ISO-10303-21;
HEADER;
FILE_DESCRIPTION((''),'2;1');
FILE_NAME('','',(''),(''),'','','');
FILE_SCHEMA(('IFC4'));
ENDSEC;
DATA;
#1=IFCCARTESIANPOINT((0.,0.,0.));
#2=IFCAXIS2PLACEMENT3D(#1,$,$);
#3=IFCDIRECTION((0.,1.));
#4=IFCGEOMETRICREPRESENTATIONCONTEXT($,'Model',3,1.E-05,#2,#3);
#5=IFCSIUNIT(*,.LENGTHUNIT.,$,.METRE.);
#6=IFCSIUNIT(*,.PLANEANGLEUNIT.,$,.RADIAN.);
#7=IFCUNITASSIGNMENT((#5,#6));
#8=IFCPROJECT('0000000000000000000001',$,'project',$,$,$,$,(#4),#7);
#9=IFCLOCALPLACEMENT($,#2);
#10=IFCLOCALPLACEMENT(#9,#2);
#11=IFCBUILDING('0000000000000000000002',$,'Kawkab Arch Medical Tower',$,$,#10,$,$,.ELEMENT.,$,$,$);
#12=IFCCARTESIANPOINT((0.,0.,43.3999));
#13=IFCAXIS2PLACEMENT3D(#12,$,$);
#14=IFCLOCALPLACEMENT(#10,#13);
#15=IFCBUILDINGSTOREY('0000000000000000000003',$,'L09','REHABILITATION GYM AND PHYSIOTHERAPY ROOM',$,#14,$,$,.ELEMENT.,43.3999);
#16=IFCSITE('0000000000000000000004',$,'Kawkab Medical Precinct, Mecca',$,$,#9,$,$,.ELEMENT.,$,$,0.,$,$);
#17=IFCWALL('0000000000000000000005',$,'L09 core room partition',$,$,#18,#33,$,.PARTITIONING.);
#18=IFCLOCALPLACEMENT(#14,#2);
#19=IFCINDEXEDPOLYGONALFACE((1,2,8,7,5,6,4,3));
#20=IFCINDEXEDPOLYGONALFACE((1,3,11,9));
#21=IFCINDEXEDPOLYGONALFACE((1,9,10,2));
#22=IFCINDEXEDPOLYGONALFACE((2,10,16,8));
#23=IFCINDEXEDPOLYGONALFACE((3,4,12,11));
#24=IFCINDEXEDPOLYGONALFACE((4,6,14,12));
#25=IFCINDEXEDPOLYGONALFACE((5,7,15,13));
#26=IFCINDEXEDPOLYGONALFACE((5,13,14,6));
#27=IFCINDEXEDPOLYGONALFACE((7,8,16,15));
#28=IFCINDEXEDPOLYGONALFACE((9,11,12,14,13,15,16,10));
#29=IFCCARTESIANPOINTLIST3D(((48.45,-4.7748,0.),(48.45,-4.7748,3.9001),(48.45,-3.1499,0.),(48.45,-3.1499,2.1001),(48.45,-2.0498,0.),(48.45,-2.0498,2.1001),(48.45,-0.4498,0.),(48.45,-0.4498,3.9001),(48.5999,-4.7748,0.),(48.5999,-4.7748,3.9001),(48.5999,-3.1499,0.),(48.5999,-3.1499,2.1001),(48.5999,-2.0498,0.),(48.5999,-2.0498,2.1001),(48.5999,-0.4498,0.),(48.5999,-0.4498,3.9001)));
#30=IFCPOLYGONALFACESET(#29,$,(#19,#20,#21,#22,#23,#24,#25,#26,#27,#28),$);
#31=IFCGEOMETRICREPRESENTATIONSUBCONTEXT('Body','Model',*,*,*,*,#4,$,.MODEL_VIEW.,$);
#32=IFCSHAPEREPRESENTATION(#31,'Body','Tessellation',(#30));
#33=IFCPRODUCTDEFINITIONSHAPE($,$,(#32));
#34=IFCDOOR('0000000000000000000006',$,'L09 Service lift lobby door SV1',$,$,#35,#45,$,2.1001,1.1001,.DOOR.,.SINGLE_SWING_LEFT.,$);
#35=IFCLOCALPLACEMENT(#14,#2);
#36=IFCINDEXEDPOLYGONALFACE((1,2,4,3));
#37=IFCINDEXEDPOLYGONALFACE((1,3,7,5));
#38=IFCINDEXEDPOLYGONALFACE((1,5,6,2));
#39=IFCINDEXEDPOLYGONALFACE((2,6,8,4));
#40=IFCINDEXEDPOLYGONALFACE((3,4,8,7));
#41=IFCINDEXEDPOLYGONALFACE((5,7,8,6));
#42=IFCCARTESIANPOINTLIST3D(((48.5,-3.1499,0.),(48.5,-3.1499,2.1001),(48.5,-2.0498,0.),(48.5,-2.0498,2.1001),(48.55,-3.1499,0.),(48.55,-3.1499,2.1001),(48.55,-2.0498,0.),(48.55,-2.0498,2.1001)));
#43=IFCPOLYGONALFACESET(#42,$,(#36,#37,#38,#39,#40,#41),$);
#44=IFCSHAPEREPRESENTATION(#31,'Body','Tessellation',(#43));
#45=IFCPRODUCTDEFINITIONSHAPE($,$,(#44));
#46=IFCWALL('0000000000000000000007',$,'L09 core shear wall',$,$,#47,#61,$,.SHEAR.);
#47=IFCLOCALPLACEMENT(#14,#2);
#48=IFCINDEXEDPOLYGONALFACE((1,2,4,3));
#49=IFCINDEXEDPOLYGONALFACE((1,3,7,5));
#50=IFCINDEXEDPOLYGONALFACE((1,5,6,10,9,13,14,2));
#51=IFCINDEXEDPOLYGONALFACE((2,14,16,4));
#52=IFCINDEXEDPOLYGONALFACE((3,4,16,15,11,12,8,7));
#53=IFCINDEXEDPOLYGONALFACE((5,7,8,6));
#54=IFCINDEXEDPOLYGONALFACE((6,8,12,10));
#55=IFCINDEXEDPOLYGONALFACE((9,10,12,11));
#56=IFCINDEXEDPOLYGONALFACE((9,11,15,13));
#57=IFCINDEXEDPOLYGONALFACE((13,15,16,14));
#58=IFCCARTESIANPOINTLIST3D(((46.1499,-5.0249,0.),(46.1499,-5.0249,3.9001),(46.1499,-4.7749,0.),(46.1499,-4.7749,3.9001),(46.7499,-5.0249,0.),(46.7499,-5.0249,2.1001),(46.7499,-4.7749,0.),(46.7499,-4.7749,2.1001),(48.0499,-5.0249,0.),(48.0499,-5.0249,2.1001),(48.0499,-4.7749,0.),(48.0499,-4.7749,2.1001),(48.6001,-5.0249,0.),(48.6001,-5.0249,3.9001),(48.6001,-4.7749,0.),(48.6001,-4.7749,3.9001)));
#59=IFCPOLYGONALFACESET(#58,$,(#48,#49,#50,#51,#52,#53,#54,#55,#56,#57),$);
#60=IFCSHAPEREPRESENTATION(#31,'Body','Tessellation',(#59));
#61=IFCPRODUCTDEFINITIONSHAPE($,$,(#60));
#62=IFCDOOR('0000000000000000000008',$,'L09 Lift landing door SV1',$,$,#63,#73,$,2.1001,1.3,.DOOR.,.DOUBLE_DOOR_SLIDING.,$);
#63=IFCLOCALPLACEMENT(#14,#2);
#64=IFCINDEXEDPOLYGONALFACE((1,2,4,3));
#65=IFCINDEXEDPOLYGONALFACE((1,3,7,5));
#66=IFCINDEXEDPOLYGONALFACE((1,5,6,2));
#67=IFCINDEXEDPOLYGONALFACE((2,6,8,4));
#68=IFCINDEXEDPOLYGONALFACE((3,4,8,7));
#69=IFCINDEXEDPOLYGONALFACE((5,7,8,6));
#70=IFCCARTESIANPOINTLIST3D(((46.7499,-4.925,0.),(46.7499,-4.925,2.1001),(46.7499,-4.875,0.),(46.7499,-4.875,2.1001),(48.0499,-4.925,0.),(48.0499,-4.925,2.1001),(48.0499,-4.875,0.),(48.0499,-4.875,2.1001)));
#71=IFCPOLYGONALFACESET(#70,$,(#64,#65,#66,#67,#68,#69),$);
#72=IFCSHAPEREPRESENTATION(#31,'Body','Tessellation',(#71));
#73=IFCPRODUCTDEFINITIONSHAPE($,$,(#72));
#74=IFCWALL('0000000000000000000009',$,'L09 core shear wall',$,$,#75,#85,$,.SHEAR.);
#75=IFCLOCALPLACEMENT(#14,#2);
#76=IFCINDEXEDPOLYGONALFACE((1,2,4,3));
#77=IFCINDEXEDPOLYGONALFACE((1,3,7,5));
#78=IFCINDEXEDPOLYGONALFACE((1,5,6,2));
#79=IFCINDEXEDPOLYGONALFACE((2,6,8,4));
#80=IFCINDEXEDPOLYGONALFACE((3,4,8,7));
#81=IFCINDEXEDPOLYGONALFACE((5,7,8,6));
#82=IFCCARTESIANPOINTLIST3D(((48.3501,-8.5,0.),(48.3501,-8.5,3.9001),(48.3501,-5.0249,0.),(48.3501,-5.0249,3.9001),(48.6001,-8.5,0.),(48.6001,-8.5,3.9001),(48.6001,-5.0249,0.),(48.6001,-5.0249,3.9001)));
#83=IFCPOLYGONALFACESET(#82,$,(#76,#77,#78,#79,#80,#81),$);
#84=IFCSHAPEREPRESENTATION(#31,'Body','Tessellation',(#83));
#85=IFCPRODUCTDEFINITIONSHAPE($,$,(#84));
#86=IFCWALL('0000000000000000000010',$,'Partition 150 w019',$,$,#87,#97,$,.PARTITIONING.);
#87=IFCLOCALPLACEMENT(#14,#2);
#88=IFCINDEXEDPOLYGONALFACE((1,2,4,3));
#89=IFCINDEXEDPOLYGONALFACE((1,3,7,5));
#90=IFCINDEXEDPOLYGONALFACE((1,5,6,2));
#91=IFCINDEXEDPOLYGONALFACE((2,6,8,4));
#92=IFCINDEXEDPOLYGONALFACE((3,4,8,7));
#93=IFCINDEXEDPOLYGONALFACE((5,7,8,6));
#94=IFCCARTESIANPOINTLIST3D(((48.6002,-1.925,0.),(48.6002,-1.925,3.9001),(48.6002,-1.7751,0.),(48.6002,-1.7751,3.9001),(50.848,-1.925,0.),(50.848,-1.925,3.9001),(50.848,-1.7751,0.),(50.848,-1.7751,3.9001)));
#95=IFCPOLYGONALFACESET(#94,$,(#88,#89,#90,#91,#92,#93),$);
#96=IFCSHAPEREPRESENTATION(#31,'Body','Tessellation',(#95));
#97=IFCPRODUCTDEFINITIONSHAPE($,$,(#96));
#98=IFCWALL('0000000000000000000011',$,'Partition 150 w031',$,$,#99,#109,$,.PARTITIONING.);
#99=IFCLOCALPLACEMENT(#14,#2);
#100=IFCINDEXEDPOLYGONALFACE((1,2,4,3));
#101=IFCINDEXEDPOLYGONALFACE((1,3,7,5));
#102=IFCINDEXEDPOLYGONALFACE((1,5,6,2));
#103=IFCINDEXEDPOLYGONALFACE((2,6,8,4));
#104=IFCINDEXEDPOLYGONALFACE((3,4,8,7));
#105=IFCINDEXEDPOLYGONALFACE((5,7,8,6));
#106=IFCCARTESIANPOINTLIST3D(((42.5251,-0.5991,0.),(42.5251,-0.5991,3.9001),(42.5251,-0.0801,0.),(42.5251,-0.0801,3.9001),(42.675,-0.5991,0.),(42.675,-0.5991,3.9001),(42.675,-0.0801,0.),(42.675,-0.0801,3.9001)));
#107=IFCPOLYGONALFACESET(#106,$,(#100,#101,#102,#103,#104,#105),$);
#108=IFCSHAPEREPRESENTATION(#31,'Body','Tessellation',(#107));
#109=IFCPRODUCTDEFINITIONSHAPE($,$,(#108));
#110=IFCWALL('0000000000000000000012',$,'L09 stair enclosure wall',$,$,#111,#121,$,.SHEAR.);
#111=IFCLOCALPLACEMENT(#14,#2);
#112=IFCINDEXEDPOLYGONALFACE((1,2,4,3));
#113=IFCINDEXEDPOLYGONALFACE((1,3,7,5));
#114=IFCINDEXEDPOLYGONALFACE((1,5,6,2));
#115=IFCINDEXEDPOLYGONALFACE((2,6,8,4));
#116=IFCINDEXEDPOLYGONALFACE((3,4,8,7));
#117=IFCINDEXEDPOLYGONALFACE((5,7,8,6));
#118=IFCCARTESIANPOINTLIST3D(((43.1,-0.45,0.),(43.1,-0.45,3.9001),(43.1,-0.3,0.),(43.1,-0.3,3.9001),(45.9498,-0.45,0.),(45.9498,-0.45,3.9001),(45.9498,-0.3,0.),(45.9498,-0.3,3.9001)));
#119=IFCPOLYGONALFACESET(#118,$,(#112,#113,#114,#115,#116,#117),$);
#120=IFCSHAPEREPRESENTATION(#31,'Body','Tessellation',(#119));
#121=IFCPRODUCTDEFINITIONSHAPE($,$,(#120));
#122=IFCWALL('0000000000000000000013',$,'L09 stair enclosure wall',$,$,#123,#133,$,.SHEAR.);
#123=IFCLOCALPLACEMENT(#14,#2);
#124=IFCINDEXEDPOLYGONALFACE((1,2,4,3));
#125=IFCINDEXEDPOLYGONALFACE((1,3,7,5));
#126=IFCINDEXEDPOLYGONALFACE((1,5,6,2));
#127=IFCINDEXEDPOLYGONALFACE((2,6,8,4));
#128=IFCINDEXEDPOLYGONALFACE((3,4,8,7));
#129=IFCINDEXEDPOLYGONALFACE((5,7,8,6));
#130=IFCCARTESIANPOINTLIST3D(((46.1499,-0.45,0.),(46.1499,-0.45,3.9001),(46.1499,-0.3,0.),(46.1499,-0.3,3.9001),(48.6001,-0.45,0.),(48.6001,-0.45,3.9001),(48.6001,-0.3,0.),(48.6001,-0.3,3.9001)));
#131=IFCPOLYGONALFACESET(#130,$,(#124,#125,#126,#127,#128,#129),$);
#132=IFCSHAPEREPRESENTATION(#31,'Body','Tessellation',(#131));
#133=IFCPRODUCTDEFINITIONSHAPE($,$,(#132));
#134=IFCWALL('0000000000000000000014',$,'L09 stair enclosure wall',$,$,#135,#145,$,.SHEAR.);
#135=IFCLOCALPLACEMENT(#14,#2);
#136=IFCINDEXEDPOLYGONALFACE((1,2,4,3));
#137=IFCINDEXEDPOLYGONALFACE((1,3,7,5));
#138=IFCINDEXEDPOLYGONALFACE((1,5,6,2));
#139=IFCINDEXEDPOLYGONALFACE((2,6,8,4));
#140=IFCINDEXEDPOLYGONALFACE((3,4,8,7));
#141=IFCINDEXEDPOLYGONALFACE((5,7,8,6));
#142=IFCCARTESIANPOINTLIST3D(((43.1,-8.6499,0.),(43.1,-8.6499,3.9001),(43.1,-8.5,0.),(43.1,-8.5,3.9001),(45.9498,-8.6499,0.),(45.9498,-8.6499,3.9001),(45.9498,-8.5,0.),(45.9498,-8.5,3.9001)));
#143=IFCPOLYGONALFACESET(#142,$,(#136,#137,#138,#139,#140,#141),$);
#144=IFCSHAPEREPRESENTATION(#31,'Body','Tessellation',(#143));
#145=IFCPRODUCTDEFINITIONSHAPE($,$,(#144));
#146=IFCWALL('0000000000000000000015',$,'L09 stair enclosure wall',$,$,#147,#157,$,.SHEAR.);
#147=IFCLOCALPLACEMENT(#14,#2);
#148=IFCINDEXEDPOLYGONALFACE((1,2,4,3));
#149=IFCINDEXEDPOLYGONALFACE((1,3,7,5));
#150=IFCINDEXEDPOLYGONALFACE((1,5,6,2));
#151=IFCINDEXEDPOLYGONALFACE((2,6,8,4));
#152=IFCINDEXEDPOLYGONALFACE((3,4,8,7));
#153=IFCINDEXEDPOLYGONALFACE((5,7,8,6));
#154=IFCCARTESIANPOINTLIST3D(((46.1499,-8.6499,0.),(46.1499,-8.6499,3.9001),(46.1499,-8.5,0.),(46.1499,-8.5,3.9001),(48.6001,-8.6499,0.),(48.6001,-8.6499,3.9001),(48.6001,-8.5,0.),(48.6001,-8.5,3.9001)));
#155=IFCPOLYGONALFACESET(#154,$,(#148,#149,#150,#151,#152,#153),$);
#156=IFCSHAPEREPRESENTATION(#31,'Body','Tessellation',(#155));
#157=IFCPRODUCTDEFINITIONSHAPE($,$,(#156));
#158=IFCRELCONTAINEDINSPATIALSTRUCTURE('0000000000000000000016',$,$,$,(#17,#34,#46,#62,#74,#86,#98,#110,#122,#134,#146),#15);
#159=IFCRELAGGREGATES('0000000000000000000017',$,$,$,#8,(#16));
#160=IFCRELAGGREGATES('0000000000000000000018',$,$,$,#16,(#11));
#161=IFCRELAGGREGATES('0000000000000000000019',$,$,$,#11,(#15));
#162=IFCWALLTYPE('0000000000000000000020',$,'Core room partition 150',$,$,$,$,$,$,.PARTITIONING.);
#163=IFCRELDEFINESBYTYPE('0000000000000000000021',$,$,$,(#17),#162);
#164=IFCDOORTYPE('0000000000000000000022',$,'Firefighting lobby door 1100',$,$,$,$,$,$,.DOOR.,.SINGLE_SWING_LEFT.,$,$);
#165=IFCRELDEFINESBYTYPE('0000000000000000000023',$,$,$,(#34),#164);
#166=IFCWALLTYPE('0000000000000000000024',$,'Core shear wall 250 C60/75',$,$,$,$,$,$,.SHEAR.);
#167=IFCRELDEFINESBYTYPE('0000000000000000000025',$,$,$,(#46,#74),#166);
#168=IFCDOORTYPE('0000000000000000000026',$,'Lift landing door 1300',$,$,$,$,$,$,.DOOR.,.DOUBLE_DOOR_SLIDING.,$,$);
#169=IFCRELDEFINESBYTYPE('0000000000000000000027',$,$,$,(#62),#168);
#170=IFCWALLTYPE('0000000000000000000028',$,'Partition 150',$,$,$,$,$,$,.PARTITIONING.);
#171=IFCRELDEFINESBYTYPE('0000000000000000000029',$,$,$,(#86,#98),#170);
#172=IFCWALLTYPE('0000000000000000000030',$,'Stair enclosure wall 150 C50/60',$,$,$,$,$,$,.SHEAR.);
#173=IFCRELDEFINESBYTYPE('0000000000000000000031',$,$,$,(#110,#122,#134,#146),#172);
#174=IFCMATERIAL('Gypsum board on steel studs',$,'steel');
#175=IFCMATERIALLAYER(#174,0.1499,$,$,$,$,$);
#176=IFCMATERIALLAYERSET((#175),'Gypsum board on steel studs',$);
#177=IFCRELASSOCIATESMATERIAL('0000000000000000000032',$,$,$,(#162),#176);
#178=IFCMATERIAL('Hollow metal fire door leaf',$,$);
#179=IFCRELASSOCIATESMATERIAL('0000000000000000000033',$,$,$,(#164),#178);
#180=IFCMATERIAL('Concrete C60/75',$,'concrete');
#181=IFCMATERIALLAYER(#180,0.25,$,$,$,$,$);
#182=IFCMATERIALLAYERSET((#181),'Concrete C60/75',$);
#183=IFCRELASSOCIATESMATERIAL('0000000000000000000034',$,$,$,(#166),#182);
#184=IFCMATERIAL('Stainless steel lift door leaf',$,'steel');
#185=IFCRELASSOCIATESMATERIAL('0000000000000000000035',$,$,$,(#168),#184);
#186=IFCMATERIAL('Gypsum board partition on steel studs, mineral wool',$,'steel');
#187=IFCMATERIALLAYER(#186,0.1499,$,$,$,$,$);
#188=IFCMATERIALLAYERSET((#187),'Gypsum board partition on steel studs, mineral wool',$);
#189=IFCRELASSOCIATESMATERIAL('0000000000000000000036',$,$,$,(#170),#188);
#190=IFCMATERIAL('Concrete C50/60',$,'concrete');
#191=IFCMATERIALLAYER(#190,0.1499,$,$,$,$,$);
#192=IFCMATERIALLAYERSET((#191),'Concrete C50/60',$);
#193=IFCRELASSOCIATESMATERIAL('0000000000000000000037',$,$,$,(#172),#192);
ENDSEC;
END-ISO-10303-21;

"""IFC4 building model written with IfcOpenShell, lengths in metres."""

from ifc_helpers import new_model, si_unit, direction, frame, frame_2d, origin, place, context, subcontext, project, spatial, rectangle, extrude, material, layer, layer_set, type_object, element, fill, save


model = new_model("IFC4")

# Units and contexts
model_context = context("Model", 3, precision=1e-05, world=origin(), true_north=direction((0.0, 1.0)))
body_context = subcontext(model_context, "Body", "Model", "MODEL_VIEW")
ifc_project = project(units=[si_unit("LENGTHUNIT", "METRE"), si_unit("PLANEANGLEUNIT", "RADIAN")], contexts=[model_context])

# Site, building, storey
site_placement = place(None, origin())
site = spatial("IfcSite", under=ifc_project, at=site_placement, Name="Kawkab Medical Precinct, Mecca", CompositionType="ELEMENT", RefElevation=0.0)
building_placement = place(site_placement, origin())
building = spatial("IfcBuilding", under=site, at=building_placement, Name="Kawkab Arch Medical Tower", CompositionType="ELEMENT")
storey_placement = place(building_placement, frame((0.0, 0.0, 43.3999)))
storey = spatial("IfcBuildingStorey", under=building, at=storey_placement, Name="L09", Description="REHABILITATION GYM AND PHYSIOTHERAPY ROOM", CompositionType="ELEMENT", Elevation=43.3999)

# Walls, openings, doors
ifc_material_1 = material(Name="Gypsum board on steel studs", Category="steel")
ifc_layer_1 = layer(ifc_material_1, 0.1499)
ifc_layer_set_1 = layer_set([ifc_layer_1], Name="Gypsum board on steel studs")
wall_type_1 = type_object("IfcWallType", Name="Core room partition 150", PredefinedType="PARTITIONING", material=ifc_layer_set_1)
wall_1_placement = place(storey_placement, frame((48.5249, -4.7749, 0.0), z_axis=(0.0, 0.0, 1.0), x_axis=(0.0, 1.0, 0.0)))
wall_1 = element("IfcWall", 1, at=wall_1_placement, inside=storey, type_object=wall_type_1, Name="L09 core room partition", PredefinedType="PARTITIONING", context=body_context, shape_type="SweptSolid", body=[
    extrude(rectangle(XDim=4.325, YDim=0.1499, at=frame_2d((2.1626, 0.0))), origin(), (0.0, 0.0, 1.0), 3.9001),
])
opening_1_placement = place(wall_1_placement, frame((1.625, 0.0, 0.0)))
opening_1 = element("IfcOpeningElement", 2, at=opening_1_placement, cuts=wall_1, PredefinedType="OPENING", context=body_context, shape_type="SweptSolid", body=[
    extrude(rectangle(XDim=1.1001, YDim=2.1001, at=frame_2d((0.55, 1.05))), frame((0.0, 0.085, 0.0), z_axis=(0.0, -1.0, 0.0), x_axis=(1.0, 0.0, 0.0)), (0.0, 0.0, 1.0), 0.1699),
])
ifc_material_2 = material(Name="Hollow metal fire door leaf")
door_type_1 = type_object("IfcDoorType", Name="Firefighting lobby door 1100", OperationType="SINGLE_SWING_LEFT", PredefinedType="DOOR", material=ifc_material_2)
door_1_placement = place(opening_1_placement, origin())
door_1 = element("IfcDoor", 3, at=door_1_placement, inside=storey, type_object=door_type_1, Name="L09 Service lift lobby door SV1", OperationType="SINGLE_SWING_LEFT", OverallHeight=2.1001, OverallWidth=1.1001, PredefinedType="DOOR", context=body_context, shape_type="SweptSolid", body=[
    extrude(rectangle(XDim=1.1001, YDim=2.1001, at=frame_2d((0.55, 1.05))), frame((0.0, 0.0249, 0.0), z_axis=(0.0, -1.0, 0.0), x_axis=(1.0, 0.0, 0.0)), (0.0, 0.0, 1.0), 0.05),
])
fill(opening_1, door_1)
ifc_material_3 = material(Name="Concrete C60/75", Category="concrete")
ifc_layer_2 = layer(ifc_material_3, 0.25)
ifc_layer_set_2 = layer_set([ifc_layer_2], Name="Concrete C60/75")
wall_type_2 = type_object("IfcWallType", Name="Core shear wall 250 C60/75", PredefinedType="SHEAR", material=ifc_layer_set_2)
wall_2_placement = place(storey_placement, frame((46.1499, -4.8999, 0.0), z_axis=(0.0, 0.0, 1.0), x_axis=(1.0, 0.0, 0.0)))
wall_2 = element("IfcWall", 4, at=wall_2_placement, inside=storey, type_object=wall_type_2, Name="L09 core shear wall", PredefinedType="SHEAR", context=body_context, shape_type="SweptSolid", body=[
    extrude(rectangle(XDim=2.4502, YDim=0.25, at=frame_2d((1.2251, 0.0))), origin(), (0.0, 0.0, 1.0), 3.9001),
])
opening_2_placement = place(wall_2_placement, frame((0.6001, 0.0, 0.0)))
opening_2 = element("IfcOpeningElement", 5, at=opening_2_placement, cuts=wall_2, PredefinedType="OPENING", context=body_context, shape_type="SweptSolid", body=[
    extrude(rectangle(XDim=1.3, YDim=2.1001, at=frame_2d((0.6499, 1.05))), frame((0.0, 0.135, 0.0), z_axis=(0.0, -1.0, 0.0), x_axis=(1.0, 0.0, 0.0)), (0.0, 0.0, 1.0), 0.27),
])
ifc_material_4 = material(Name="Stainless steel lift door leaf", Category="steel")
door_type_2 = type_object("IfcDoorType", Name="Lift landing door 1300", OperationType="DOUBLE_DOOR_SLIDING", PredefinedType="DOOR", material=ifc_material_4)
door_2_placement = place(opening_2_placement, origin())
door_2 = element("IfcDoor", 6, at=door_2_placement, inside=storey, type_object=door_type_2, Name="L09 Lift landing door SV1", OperationType="DOUBLE_DOOR_SLIDING", OverallHeight=2.1001, OverallWidth=1.3, PredefinedType="DOOR", context=body_context, shape_type="SweptSolid", body=[
    extrude(rectangle(XDim=1.3, YDim=2.1001, at=frame_2d((0.6499, 1.05))), frame((0.0, 0.0249, 0.0), z_axis=(0.0, -1.0, 0.0), x_axis=(1.0, 0.0, 0.0)), (0.0, 0.0, 1.0), 0.05),
])
fill(opening_2, door_2)

# Walls
wall_3_placement = place(storey_placement, frame((48.4751, -8.5, 0.0), z_axis=(0.0, 0.0, 1.0), x_axis=(0.0, 1.0, 0.0)))
element("IfcWall", 7, at=wall_3_placement, inside=storey, type_object=wall_type_2, Name="L09 core shear wall", PredefinedType="SHEAR", context=body_context, shape_type="SweptSolid", body=[
    extrude(rectangle(XDim=3.4751, YDim=0.25, at=frame_2d((1.7375, 0.0))), origin(), (0.0, 0.0, 1.0), 3.9001),
])
ifc_material_5 = material(Name="Gypsum board partition on steel studs, mineral wool", Category="steel")
ifc_layer_3 = layer(ifc_material_5, 0.1499)
ifc_layer_set_3 = layer_set([ifc_layer_3], Name="Gypsum board partition on steel studs, mineral wool")
wall_type_3 = type_object("IfcWallType", Name="Partition 150", PredefinedType="PARTITIONING", material=ifc_layer_set_3)
wall_4_placement = place(storey_placement, frame((48.6001, -1.8501, 0.0), z_axis=(0.0, 0.0, 1.0), x_axis=(1.0, 0.0, 0.0)))
element("IfcWall", 8, at=wall_4_placement, inside=storey, type_object=wall_type_3, Name="Partition 150 w019", PredefinedType="PARTITIONING", context=body_context, shape_type="SweptSolid", body=[
    extrude(rectangle(XDim=2.2478, YDim=0.1499, at=frame_2d((1.124, 0.0))), origin(), (0.0, 0.0, 1.0), 3.9001),
])
wall_5_placement = place(storey_placement, frame((42.6001, -0.5991, 0.0), z_axis=(0.0, 0.0, 1.0), x_axis=(0.0, 1.0, 0.0)))
element("IfcWall", 9, at=wall_5_placement, inside=storey, type_object=wall_type_3, Name="Partition 150 w031", PredefinedType="PARTITIONING", context=body_context, shape_type="SweptSolid", body=[
    extrude(rectangle(XDim=0.519, YDim=0.1499, at=frame_2d((0.2595, 0.0))), origin(), (0.0, 0.0, 1.0), 3.9001),
])
ifc_material_6 = material(Name="Concrete C50/60", Category="concrete")
ifc_layer_4 = layer(ifc_material_6, 0.1499)
ifc_layer_set_4 = layer_set([ifc_layer_4], Name="Concrete C50/60")
wall_type_4 = type_object("IfcWallType", Name="Stair enclosure wall 150 C50/60", PredefinedType="SHEAR", material=ifc_layer_set_4)
wall_6_placement = place(storey_placement, frame((43.1001, -0.375, 0.0), z_axis=(0.0, 0.0, 1.0), x_axis=(1.0, 0.0, 0.0)))
element("IfcWall", 10, at=wall_6_placement, inside=storey, type_object=wall_type_4, Name="L09 stair enclosure wall", PredefinedType="SHEAR", context=body_context, shape_type="SweptSolid", body=[
    extrude(rectangle(XDim=2.8499, YDim=0.1499, at=frame_2d((1.4248, 0.0))), origin(), (0.0, 0.0, 1.0), 3.9001),
])
wall_7_placement = place(storey_placement, frame((46.1499, -0.375, 0.0), z_axis=(0.0, 0.0, 1.0), x_axis=(1.0, 0.0, 0.0)))
element("IfcWall", 11, at=wall_7_placement, inside=storey, type_object=wall_type_4, Name="L09 stair enclosure wall", PredefinedType="SHEAR", context=body_context, shape_type="SweptSolid", body=[
    extrude(rectangle(XDim=2.4502, YDim=0.1499, at=frame_2d((1.2251, 0.0))), origin(), (0.0, 0.0, 1.0), 3.9001),
])
wall_8_placement = place(storey_placement, frame((43.1001, -8.575, 0.0), z_axis=(0.0, 0.0, 1.0), x_axis=(1.0, 0.0, 0.0)))
element("IfcWall", 12, at=wall_8_placement, inside=storey, type_object=wall_type_4, Name="L09 stair enclosure wall", PredefinedType="SHEAR", context=body_context, shape_type="SweptSolid", body=[
    extrude(rectangle(XDim=2.8499, YDim=0.1499, at=frame_2d((1.4248, 0.0))), origin(), (0.0, 0.0, 1.0), 3.9001),
])
wall_9_placement = place(storey_placement, frame((46.1499, -8.575, 0.0), z_axis=(0.0, 0.0, 1.0), x_axis=(1.0, 0.0, 0.0)))
element("IfcWall", 13, at=wall_9_placement, inside=storey, type_object=wall_type_4, Name="L09 stair enclosure wall", PredefinedType="SHEAR", context=body_context, shape_type="SweptSolid", body=[
    extrude(rectangle(XDim=2.4502, YDim=0.1499, at=frame_2d((1.2251, 0.0))), origin(), (0.0, 0.0, 1.0), 3.9001),
])

save(model, "model.ifc")
